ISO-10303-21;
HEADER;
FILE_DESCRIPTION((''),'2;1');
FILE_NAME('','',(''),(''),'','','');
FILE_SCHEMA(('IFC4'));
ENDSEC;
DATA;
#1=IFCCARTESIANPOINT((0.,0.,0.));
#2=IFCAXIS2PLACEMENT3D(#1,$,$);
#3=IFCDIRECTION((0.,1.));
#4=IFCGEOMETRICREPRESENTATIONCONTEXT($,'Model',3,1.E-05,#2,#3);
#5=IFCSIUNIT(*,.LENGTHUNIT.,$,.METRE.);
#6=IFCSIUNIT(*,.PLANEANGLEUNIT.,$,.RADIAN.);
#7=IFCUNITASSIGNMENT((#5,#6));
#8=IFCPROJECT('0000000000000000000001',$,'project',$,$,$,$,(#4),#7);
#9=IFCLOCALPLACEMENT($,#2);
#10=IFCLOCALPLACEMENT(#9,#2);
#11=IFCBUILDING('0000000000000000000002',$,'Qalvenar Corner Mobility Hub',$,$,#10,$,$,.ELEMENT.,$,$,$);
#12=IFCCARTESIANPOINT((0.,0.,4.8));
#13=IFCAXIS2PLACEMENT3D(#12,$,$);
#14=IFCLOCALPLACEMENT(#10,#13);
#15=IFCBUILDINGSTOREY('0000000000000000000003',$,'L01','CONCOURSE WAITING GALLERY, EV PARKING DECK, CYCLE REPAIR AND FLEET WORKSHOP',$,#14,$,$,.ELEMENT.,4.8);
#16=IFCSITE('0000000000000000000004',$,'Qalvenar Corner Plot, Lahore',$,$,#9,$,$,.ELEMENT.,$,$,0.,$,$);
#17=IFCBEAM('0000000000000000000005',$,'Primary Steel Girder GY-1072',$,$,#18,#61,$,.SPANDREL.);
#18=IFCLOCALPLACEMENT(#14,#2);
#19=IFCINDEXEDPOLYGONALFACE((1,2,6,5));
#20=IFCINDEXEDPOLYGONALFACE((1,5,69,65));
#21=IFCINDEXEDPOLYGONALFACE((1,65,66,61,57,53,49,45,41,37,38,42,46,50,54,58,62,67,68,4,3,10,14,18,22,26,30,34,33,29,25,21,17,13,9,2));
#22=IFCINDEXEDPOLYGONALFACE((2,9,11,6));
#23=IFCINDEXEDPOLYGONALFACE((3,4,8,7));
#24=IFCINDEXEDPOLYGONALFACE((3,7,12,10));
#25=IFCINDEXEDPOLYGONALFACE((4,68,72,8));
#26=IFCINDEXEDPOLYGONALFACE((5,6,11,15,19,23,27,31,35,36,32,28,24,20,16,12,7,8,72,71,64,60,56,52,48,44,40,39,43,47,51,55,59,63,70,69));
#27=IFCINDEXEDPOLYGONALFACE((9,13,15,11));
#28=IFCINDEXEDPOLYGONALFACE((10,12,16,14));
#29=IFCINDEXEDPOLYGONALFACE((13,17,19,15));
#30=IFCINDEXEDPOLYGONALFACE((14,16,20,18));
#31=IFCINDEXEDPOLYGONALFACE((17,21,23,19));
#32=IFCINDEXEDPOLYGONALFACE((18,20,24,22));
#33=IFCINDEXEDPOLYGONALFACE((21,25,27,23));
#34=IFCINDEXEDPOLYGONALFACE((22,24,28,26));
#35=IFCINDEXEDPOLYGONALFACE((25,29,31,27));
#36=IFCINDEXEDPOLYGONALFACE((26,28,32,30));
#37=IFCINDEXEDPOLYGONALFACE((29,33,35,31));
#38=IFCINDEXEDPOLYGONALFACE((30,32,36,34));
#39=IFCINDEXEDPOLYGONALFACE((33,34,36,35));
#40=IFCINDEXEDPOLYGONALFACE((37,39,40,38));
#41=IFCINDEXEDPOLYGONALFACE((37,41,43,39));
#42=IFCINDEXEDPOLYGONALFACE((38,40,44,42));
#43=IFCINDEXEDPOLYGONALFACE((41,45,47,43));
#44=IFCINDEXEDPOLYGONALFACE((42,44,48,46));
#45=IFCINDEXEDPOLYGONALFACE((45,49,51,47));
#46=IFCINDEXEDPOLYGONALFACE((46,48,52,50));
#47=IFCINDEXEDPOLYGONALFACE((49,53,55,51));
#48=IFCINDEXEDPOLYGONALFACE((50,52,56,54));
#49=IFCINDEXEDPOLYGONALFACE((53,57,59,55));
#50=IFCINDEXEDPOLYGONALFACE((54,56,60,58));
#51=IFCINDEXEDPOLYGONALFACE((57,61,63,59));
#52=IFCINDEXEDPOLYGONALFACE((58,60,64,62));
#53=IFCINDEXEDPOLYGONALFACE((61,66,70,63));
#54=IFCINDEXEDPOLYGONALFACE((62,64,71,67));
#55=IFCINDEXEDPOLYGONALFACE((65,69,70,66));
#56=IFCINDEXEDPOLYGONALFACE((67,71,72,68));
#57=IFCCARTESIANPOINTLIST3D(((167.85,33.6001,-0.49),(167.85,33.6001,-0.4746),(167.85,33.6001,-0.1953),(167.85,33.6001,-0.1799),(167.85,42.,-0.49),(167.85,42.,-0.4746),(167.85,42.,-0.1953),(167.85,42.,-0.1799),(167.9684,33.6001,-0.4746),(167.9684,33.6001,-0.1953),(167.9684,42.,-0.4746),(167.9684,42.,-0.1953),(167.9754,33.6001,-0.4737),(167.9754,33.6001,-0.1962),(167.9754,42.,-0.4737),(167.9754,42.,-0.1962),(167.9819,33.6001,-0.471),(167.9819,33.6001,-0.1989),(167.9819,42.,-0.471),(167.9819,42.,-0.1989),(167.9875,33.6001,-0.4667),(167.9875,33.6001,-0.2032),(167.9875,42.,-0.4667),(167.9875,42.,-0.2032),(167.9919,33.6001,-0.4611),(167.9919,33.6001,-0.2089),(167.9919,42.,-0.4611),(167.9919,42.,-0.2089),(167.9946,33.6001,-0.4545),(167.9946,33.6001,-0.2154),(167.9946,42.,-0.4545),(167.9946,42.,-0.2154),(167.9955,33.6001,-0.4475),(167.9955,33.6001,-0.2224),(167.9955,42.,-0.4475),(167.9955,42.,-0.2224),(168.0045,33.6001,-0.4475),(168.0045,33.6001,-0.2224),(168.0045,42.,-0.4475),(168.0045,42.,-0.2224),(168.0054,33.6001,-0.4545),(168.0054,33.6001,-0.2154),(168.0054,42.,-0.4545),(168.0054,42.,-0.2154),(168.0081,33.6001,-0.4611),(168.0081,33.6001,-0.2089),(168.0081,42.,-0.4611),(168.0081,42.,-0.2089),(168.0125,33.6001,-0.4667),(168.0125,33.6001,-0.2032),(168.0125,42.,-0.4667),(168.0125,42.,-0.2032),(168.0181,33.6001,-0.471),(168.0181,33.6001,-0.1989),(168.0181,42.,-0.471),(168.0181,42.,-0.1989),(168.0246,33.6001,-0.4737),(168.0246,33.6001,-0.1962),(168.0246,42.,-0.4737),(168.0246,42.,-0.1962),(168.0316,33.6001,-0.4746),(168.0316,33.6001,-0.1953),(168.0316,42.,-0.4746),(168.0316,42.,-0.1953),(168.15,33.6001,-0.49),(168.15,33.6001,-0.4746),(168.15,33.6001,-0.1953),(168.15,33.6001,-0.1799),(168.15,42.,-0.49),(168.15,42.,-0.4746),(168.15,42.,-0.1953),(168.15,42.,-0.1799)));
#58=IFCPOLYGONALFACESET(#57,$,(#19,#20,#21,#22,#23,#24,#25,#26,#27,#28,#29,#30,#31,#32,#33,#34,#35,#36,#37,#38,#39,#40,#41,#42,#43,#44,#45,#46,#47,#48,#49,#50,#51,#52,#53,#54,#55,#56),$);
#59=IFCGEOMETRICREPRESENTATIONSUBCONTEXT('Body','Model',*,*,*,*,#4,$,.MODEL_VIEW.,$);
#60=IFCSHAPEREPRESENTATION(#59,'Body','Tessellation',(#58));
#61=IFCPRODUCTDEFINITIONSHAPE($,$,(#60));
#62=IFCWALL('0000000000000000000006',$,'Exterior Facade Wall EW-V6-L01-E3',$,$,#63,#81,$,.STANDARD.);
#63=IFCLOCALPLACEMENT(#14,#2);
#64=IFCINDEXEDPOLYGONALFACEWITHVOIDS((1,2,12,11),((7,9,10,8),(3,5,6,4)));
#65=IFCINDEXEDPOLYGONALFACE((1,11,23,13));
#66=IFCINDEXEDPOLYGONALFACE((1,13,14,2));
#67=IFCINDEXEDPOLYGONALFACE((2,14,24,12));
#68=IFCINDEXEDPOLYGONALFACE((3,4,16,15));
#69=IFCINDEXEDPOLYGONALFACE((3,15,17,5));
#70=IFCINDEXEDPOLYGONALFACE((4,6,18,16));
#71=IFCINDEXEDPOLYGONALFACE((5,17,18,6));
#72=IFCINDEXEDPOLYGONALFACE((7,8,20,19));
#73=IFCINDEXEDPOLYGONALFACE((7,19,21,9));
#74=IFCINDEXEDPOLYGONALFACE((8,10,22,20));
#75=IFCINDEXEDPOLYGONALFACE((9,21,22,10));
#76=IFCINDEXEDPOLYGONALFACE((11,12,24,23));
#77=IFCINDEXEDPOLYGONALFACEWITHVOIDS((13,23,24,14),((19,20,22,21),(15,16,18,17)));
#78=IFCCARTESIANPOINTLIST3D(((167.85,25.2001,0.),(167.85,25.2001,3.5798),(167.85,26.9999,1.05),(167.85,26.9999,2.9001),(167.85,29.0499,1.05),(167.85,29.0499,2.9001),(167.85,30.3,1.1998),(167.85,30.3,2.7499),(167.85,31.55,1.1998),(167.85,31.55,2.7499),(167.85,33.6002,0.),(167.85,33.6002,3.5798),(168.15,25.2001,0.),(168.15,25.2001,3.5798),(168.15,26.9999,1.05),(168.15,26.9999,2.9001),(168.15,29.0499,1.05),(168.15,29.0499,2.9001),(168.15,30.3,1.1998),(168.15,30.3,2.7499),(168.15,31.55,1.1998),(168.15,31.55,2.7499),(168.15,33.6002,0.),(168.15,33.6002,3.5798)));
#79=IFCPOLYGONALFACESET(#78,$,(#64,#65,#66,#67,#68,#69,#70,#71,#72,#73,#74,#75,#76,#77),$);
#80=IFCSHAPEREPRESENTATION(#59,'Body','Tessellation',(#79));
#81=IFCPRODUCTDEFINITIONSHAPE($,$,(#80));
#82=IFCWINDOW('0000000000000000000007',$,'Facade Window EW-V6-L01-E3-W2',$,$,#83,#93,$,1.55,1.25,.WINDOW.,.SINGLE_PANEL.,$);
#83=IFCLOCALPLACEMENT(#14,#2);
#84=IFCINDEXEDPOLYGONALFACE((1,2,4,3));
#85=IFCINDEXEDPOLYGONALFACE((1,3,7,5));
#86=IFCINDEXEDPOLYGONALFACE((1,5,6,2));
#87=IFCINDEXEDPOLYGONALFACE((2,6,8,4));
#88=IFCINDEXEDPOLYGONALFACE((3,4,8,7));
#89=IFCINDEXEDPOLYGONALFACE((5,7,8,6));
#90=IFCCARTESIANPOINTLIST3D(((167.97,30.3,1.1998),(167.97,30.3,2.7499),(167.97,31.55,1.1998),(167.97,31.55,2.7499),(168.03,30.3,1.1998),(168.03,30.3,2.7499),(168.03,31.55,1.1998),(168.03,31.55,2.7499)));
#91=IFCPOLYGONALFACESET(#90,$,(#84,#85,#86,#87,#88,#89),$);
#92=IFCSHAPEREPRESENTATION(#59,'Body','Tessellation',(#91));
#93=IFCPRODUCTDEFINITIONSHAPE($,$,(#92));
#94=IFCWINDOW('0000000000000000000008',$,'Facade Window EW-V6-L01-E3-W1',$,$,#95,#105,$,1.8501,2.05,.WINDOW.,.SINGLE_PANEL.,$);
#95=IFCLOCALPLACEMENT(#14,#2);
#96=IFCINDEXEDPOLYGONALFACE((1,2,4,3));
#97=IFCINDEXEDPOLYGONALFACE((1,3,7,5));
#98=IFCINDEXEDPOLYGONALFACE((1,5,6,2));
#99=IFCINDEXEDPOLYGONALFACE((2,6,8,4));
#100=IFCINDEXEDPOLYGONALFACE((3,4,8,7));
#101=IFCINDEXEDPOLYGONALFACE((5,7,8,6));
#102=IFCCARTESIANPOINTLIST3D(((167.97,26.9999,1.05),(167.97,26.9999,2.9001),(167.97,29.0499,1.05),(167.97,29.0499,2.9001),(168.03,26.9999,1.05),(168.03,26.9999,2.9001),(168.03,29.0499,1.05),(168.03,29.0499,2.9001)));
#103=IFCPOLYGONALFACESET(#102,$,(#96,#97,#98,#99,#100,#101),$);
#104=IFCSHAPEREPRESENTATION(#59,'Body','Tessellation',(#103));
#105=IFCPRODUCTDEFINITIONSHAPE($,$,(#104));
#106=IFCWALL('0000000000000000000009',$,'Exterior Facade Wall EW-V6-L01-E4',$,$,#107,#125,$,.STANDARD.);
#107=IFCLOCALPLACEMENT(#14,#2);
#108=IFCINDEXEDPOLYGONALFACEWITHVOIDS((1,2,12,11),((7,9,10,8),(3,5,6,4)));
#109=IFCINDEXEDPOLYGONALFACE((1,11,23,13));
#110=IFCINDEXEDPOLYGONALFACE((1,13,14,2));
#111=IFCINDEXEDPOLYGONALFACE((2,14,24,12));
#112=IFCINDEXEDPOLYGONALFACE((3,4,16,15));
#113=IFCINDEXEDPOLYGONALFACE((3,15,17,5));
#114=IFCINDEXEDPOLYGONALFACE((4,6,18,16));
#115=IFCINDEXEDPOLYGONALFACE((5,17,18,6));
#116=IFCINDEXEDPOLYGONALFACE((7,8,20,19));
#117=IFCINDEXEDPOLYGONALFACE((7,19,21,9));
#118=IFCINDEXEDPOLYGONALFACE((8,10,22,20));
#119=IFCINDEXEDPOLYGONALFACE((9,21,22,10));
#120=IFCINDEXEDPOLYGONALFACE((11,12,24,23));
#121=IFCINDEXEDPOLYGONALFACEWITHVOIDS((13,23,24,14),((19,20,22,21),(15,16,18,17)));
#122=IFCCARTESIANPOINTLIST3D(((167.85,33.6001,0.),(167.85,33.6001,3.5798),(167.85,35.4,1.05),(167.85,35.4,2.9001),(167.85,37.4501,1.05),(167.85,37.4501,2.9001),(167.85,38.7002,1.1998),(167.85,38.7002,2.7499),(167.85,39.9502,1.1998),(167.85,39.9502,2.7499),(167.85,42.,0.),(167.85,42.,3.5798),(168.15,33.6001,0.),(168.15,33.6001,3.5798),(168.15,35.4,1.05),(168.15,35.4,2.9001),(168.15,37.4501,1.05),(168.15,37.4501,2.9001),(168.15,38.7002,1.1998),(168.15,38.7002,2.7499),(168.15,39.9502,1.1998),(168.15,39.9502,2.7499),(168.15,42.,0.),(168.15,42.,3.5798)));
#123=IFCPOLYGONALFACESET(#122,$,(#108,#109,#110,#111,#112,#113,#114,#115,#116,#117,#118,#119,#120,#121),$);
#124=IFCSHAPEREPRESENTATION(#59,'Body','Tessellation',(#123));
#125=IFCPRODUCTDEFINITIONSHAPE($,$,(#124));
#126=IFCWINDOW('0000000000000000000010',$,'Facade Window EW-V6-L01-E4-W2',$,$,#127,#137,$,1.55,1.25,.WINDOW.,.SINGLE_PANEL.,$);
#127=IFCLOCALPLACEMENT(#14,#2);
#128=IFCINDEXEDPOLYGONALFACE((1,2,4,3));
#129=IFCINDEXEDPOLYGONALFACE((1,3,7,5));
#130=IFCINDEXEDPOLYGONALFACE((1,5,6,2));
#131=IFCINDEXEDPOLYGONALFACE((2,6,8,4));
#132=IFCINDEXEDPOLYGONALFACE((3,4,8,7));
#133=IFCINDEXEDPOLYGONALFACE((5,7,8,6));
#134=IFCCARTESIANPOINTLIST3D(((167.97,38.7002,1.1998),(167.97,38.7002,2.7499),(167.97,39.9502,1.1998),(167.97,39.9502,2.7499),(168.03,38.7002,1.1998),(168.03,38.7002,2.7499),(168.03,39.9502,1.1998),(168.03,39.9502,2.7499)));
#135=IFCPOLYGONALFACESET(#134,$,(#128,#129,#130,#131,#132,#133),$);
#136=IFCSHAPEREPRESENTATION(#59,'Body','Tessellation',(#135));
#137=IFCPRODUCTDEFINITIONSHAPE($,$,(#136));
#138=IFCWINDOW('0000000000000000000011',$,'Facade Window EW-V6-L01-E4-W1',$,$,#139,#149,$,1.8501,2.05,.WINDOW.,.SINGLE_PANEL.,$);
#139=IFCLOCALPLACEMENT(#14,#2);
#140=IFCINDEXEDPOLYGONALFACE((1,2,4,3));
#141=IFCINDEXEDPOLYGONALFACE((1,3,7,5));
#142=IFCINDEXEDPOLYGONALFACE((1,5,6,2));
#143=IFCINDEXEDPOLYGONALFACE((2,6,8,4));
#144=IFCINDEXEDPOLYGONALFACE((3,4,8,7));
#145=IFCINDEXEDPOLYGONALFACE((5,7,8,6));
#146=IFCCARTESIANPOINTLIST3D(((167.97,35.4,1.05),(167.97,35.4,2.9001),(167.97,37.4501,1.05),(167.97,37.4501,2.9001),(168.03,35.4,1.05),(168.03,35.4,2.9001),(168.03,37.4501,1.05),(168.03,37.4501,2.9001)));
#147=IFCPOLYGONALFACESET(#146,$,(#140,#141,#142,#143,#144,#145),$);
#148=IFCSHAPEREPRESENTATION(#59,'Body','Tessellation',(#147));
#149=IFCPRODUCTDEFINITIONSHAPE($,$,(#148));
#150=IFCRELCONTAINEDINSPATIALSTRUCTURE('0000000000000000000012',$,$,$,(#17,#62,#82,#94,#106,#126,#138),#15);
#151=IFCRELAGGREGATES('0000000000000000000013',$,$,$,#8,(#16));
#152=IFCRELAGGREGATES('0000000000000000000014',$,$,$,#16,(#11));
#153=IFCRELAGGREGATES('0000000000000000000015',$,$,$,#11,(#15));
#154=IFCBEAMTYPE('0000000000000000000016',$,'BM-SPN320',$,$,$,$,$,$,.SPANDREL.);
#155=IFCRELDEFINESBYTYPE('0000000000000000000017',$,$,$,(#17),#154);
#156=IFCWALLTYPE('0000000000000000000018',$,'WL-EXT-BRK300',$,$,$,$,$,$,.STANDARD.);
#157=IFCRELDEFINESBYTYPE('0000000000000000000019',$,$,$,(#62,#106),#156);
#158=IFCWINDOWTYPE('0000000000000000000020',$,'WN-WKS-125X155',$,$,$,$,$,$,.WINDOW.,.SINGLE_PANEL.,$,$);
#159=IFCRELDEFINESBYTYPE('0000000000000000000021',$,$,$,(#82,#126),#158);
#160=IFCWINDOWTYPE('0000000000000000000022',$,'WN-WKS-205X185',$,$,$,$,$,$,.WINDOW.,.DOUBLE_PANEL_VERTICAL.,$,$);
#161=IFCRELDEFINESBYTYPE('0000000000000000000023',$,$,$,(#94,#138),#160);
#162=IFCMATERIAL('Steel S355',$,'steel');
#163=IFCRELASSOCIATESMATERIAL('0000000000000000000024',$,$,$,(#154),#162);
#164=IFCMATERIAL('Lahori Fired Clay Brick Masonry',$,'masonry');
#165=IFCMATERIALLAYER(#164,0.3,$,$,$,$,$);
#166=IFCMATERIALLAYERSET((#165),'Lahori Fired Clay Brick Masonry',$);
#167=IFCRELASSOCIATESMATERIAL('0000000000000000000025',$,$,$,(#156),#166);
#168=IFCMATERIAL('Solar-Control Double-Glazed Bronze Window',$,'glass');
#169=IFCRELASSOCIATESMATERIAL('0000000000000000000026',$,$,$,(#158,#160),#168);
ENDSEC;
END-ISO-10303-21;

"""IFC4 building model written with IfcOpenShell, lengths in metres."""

from ifc_helpers import new_model, si_unit, direction, frame, frame_2d, origin, origin_2d, place, context, subcontext, project, spatial, rectangle, i_section, extrude, material, layer, layer_set, material_profile, profile_set, type_object, element, fill, save


model = new_model("IFC4")

# Units and contexts
model_context = context("Model", 3, precision=1e-05, world=origin(), true_north=direction((0.0, 1.0)))
body_context = subcontext(model_context, "Body", "Model", "MODEL_VIEW")
ifc_project = project(units=[si_unit("LENGTHUNIT", "METRE"), si_unit("PLANEANGLEUNIT", "RADIAN")], contexts=[model_context])

# Site, building, storey
site_placement = place(None, origin())
site = spatial("IfcSite", under=ifc_project, at=site_placement, Name="Qalvenar Corner Plot, Lahore", CompositionType="ELEMENT", RefElevation=0.0)
building_placement = place(site_placement, origin())
building = spatial("IfcBuilding", under=site, at=building_placement, Name="Qalvenar Corner Mobility Hub", CompositionType="ELEMENT")
storey_placement = place(building_placement, frame((0.0, 0.0, 4.8)))
storey = spatial("IfcBuildingStorey", under=building, at=storey_placement, Name="L01", Description="CONCOURSE WAITING GALLERY, EV PARKING DECK, CYCLE REPAIR AND FLEET WORKSHOP", CompositionType="ELEMENT", Elevation=4.8)

# Shared definitions
ifc_material_1 = material(Name="Steel S355", Category="steel")

# Beam
ifc_material_profile_1 = material_profile(ifc_material_1, i_section(OverallWidth=0.3, OverallDepth=0.3101, WebThickness=0.009, FlangeThickness=0.0154, FilletRadius=0.0271, at=origin_2d()), Name="HEA320")
ifc_profile_set_1 = profile_set([ifc_material_profile_1], Name="Steel S355")
beam_type_1 = type_object("IfcBeamType", Name="BM-SPN320", PredefinedType="SPANDREL", material=ifc_profile_set_1)
beam_1_placement = place(storey_placement, frame((168.0, 33.6001, -0.335), z_axis=(0.0, 1.0, 0.0), x_axis=(-1.0, 0.0, 0.0)))
element("IfcBeam", 1, at=beam_1_placement, inside=storey, type_object=beam_type_1, Name="Primary Steel Girder GY-1072", PredefinedType="SPANDREL", context=body_context, shape_type="SweptSolid", body=[
    extrude(i_section(OverallWidth=0.3, OverallDepth=0.3101, WebThickness=0.009, FlangeThickness=0.0154, FilletRadius=0.0271, at=origin_2d()), origin(), (0.0, 0.0, 1.0), 8.3999),
])

# Walls, openings, windows
ifc_material_2 = material(Name="Lahori Fired Clay Brick Masonry", Category="masonry")
ifc_layer = layer(ifc_material_2, 0.3)
ifc_layer_set = layer_set([ifc_layer], Name="Lahori Fired Clay Brick Masonry")
wall_type = type_object("IfcWallType", Name="WL-EXT-BRK300", PredefinedType="STANDARD", material=ifc_layer_set)
wall_1_placement = place(storey_placement, frame((168.0, 25.2, 0.0), z_axis=(0.0, 0.0, 1.0), x_axis=(0.0, 1.0, 0.0)))
wall_1 = element("IfcWall", 2, at=wall_1_placement, inside=storey, type_object=wall_type, Name="Exterior Facade Wall EW-V6-L01-E3", PredefinedType="STANDARD", context=body_context, shape_type="SweptSolid", body=[
    extrude(rectangle(XDim=8.4001, YDim=0.3, at=frame_2d((4.2002, 0.0))), origin(), (0.0, 0.0, 1.0), 3.5798),
])
opening_1_placement = place(wall_1_placement, frame((1.8, 0.0, 1.05)))
opening_1 = element("IfcOpeningElement", 3, at=opening_1_placement, cuts=wall_1, PredefinedType="OPENING", context=body_context, shape_type="SweptSolid", body=[
    extrude(rectangle(XDim=2.05, YDim=1.8501, at=frame_2d((1.0249, 0.925))), frame((0.0, 0.1602, 0.0), z_axis=(0.0, -1.0, 0.0), x_axis=(1.0, 0.0, 0.0)), (0.0, 0.0, 1.0), 0.3201),
])
opening_2_placement = place(wall_1_placement, frame((5.1001, 0.0, 1.2)))
opening_2 = element("IfcOpeningElement", 4, at=opening_2_placement, cuts=wall_1, PredefinedType="OPENING", context=body_context, shape_type="SweptSolid", body=[
    extrude(rectangle(XDim=1.25, YDim=1.55, at=frame_2d((0.625, 0.7749))), frame((0.0, 0.1602, 0.0), z_axis=(0.0, -1.0, 0.0), x_axis=(1.0, 0.0, 0.0)), (0.0, 0.0, 1.0), 0.3201),
])
ifc_material_3 = material(Name="Solar-Control Double-Glazed Bronze Window", Category="glass")
window_type_1 = type_object("IfcWindowType", Name="WN-WKS-125X155", PartitioningType="SINGLE_PANEL", PredefinedType="WINDOW", material=ifc_material_3)
window_1_placement = place(opening_2_placement, origin())
window_1 = element("IfcWindow", 5, at=window_1_placement, inside=storey, type_object=window_type_1, Name="Facade Window EW-V6-L01-E3-W2", OverallHeight=1.55, OverallWidth=1.25, PartitioningType="SINGLE_PANEL", PredefinedType="WINDOW", context=body_context, shape_type="SweptSolid", body=[
    extrude(rectangle(XDim=1.25, YDim=1.55, at=frame_2d((0.625, 0.7749))), frame((0.0, 0.03, 0.0), z_axis=(0.0, -1.0, 0.0), x_axis=(1.0, 0.0, 0.0)), (0.0, 0.0, 1.0), 0.0601),
])
fill(opening_2, window_1)
window_type_2 = type_object("IfcWindowType", Name="WN-WKS-205X185", PartitioningType="DOUBLE_PANEL_VERTICAL", PredefinedType="WINDOW", material=ifc_material_3)
window_2_placement = place(opening_1_placement, origin())
window_2 = element("IfcWindow", 6, at=window_2_placement, inside=storey, type_object=window_type_2, Name="Facade Window EW-V6-L01-E3-W1", OverallHeight=1.8501, OverallWidth=2.05, PartitioningType="SINGLE_PANEL", PredefinedType="WINDOW", context=body_context, shape_type="SweptSolid", body=[
    extrude(rectangle(XDim=2.05, YDim=1.8501, at=frame_2d((1.0249, 0.925))), frame((0.0, 0.03, 0.0), z_axis=(0.0, -1.0, 0.0), x_axis=(1.0, 0.0, 0.0)), (0.0, 0.0, 1.0), 0.0601),
])
fill(opening_1, window_2)
wall_2_placement = place(storey_placement, frame((168.0, 33.6001, 0.0), z_axis=(0.0, 0.0, 1.0), x_axis=(0.0, 1.0, 0.0)))
wall_2 = element("IfcWall", 7, at=wall_2_placement, inside=storey, type_object=wall_type, Name="Exterior Facade Wall EW-V6-L01-E4", PredefinedType="STANDARD", context=body_context, shape_type="SweptSolid", body=[
    extrude(rectangle(XDim=8.3999, YDim=0.3, at=frame_2d((4.2, 0.0))), origin(), (0.0, 0.0, 1.0), 3.5798),
])
opening_3_placement = place(wall_2_placement, frame((1.8, 0.0, 1.05)))
opening_3 = element("IfcOpeningElement", 8, at=opening_3_placement, cuts=wall_2, PredefinedType="OPENING", context=body_context, shape_type="SweptSolid", body=[
    extrude(rectangle(XDim=2.05, YDim=1.8501, at=frame_2d((1.0249, 0.925))), frame((0.0, 0.1602, 0.0), z_axis=(0.0, -1.0, 0.0), x_axis=(1.0, 0.0, 0.0)), (0.0, 0.0, 1.0), 0.3201),
])
opening_4_placement = place(wall_2_placement, frame((5.1001, 0.0, 1.2)))
opening_4 = element("IfcOpeningElement", 9, at=opening_4_placement, cuts=wall_2, PredefinedType="OPENING", context=body_context, shape_type="SweptSolid", body=[
    extrude(rectangle(XDim=1.25, YDim=1.55, at=frame_2d((0.625, 0.7749))), frame((0.0, 0.1602, 0.0), z_axis=(0.0, -1.0, 0.0), x_axis=(1.0, 0.0, 0.0)), (0.0, 0.0, 1.0), 0.3201),
])
window_3_placement = place(opening_4_placement, origin())
window_3 = element("IfcWindow", 10, at=window_3_placement, inside=storey, type_object=window_type_1, Name="Facade Window EW-V6-L01-E4-W2", OverallHeight=1.55, OverallWidth=1.25, PartitioningType="SINGLE_PANEL", PredefinedType="WINDOW", context=body_context, shape_type="SweptSolid", body=[
    extrude(rectangle(XDim=1.25, YDim=1.55, at=frame_2d((0.625, 0.7749))), frame((0.0, 0.03, 0.0), z_axis=(0.0, -1.0, 0.0), x_axis=(1.0, 0.0, 0.0)), (0.0, 0.0, 1.0), 0.0601),
])
fill(opening_4, window_3)
window_4_placement = place(opening_3_placement, origin())
window_4 = element("IfcWindow", 11, at=window_4_placement, inside=storey, type_object=window_type_2, Name="Facade Window EW-V6-L01-E4-W1", OverallHeight=1.8501, OverallWidth=2.05, PartitioningType="SINGLE_PANEL", PredefinedType="WINDOW", context=body_context, shape_type="SweptSolid", body=[
    extrude(rectangle(XDim=2.05, YDim=1.8501, at=frame_2d((1.0249, 0.925))), frame((0.0, 0.03, 0.0), z_axis=(0.0, -1.0, 0.0), x_axis=(1.0, 0.0, 0.0)), (0.0, 0.0, 1.0), 0.0601),
])
fill(opening_3, window_4)

save(model, "model.ifc")
